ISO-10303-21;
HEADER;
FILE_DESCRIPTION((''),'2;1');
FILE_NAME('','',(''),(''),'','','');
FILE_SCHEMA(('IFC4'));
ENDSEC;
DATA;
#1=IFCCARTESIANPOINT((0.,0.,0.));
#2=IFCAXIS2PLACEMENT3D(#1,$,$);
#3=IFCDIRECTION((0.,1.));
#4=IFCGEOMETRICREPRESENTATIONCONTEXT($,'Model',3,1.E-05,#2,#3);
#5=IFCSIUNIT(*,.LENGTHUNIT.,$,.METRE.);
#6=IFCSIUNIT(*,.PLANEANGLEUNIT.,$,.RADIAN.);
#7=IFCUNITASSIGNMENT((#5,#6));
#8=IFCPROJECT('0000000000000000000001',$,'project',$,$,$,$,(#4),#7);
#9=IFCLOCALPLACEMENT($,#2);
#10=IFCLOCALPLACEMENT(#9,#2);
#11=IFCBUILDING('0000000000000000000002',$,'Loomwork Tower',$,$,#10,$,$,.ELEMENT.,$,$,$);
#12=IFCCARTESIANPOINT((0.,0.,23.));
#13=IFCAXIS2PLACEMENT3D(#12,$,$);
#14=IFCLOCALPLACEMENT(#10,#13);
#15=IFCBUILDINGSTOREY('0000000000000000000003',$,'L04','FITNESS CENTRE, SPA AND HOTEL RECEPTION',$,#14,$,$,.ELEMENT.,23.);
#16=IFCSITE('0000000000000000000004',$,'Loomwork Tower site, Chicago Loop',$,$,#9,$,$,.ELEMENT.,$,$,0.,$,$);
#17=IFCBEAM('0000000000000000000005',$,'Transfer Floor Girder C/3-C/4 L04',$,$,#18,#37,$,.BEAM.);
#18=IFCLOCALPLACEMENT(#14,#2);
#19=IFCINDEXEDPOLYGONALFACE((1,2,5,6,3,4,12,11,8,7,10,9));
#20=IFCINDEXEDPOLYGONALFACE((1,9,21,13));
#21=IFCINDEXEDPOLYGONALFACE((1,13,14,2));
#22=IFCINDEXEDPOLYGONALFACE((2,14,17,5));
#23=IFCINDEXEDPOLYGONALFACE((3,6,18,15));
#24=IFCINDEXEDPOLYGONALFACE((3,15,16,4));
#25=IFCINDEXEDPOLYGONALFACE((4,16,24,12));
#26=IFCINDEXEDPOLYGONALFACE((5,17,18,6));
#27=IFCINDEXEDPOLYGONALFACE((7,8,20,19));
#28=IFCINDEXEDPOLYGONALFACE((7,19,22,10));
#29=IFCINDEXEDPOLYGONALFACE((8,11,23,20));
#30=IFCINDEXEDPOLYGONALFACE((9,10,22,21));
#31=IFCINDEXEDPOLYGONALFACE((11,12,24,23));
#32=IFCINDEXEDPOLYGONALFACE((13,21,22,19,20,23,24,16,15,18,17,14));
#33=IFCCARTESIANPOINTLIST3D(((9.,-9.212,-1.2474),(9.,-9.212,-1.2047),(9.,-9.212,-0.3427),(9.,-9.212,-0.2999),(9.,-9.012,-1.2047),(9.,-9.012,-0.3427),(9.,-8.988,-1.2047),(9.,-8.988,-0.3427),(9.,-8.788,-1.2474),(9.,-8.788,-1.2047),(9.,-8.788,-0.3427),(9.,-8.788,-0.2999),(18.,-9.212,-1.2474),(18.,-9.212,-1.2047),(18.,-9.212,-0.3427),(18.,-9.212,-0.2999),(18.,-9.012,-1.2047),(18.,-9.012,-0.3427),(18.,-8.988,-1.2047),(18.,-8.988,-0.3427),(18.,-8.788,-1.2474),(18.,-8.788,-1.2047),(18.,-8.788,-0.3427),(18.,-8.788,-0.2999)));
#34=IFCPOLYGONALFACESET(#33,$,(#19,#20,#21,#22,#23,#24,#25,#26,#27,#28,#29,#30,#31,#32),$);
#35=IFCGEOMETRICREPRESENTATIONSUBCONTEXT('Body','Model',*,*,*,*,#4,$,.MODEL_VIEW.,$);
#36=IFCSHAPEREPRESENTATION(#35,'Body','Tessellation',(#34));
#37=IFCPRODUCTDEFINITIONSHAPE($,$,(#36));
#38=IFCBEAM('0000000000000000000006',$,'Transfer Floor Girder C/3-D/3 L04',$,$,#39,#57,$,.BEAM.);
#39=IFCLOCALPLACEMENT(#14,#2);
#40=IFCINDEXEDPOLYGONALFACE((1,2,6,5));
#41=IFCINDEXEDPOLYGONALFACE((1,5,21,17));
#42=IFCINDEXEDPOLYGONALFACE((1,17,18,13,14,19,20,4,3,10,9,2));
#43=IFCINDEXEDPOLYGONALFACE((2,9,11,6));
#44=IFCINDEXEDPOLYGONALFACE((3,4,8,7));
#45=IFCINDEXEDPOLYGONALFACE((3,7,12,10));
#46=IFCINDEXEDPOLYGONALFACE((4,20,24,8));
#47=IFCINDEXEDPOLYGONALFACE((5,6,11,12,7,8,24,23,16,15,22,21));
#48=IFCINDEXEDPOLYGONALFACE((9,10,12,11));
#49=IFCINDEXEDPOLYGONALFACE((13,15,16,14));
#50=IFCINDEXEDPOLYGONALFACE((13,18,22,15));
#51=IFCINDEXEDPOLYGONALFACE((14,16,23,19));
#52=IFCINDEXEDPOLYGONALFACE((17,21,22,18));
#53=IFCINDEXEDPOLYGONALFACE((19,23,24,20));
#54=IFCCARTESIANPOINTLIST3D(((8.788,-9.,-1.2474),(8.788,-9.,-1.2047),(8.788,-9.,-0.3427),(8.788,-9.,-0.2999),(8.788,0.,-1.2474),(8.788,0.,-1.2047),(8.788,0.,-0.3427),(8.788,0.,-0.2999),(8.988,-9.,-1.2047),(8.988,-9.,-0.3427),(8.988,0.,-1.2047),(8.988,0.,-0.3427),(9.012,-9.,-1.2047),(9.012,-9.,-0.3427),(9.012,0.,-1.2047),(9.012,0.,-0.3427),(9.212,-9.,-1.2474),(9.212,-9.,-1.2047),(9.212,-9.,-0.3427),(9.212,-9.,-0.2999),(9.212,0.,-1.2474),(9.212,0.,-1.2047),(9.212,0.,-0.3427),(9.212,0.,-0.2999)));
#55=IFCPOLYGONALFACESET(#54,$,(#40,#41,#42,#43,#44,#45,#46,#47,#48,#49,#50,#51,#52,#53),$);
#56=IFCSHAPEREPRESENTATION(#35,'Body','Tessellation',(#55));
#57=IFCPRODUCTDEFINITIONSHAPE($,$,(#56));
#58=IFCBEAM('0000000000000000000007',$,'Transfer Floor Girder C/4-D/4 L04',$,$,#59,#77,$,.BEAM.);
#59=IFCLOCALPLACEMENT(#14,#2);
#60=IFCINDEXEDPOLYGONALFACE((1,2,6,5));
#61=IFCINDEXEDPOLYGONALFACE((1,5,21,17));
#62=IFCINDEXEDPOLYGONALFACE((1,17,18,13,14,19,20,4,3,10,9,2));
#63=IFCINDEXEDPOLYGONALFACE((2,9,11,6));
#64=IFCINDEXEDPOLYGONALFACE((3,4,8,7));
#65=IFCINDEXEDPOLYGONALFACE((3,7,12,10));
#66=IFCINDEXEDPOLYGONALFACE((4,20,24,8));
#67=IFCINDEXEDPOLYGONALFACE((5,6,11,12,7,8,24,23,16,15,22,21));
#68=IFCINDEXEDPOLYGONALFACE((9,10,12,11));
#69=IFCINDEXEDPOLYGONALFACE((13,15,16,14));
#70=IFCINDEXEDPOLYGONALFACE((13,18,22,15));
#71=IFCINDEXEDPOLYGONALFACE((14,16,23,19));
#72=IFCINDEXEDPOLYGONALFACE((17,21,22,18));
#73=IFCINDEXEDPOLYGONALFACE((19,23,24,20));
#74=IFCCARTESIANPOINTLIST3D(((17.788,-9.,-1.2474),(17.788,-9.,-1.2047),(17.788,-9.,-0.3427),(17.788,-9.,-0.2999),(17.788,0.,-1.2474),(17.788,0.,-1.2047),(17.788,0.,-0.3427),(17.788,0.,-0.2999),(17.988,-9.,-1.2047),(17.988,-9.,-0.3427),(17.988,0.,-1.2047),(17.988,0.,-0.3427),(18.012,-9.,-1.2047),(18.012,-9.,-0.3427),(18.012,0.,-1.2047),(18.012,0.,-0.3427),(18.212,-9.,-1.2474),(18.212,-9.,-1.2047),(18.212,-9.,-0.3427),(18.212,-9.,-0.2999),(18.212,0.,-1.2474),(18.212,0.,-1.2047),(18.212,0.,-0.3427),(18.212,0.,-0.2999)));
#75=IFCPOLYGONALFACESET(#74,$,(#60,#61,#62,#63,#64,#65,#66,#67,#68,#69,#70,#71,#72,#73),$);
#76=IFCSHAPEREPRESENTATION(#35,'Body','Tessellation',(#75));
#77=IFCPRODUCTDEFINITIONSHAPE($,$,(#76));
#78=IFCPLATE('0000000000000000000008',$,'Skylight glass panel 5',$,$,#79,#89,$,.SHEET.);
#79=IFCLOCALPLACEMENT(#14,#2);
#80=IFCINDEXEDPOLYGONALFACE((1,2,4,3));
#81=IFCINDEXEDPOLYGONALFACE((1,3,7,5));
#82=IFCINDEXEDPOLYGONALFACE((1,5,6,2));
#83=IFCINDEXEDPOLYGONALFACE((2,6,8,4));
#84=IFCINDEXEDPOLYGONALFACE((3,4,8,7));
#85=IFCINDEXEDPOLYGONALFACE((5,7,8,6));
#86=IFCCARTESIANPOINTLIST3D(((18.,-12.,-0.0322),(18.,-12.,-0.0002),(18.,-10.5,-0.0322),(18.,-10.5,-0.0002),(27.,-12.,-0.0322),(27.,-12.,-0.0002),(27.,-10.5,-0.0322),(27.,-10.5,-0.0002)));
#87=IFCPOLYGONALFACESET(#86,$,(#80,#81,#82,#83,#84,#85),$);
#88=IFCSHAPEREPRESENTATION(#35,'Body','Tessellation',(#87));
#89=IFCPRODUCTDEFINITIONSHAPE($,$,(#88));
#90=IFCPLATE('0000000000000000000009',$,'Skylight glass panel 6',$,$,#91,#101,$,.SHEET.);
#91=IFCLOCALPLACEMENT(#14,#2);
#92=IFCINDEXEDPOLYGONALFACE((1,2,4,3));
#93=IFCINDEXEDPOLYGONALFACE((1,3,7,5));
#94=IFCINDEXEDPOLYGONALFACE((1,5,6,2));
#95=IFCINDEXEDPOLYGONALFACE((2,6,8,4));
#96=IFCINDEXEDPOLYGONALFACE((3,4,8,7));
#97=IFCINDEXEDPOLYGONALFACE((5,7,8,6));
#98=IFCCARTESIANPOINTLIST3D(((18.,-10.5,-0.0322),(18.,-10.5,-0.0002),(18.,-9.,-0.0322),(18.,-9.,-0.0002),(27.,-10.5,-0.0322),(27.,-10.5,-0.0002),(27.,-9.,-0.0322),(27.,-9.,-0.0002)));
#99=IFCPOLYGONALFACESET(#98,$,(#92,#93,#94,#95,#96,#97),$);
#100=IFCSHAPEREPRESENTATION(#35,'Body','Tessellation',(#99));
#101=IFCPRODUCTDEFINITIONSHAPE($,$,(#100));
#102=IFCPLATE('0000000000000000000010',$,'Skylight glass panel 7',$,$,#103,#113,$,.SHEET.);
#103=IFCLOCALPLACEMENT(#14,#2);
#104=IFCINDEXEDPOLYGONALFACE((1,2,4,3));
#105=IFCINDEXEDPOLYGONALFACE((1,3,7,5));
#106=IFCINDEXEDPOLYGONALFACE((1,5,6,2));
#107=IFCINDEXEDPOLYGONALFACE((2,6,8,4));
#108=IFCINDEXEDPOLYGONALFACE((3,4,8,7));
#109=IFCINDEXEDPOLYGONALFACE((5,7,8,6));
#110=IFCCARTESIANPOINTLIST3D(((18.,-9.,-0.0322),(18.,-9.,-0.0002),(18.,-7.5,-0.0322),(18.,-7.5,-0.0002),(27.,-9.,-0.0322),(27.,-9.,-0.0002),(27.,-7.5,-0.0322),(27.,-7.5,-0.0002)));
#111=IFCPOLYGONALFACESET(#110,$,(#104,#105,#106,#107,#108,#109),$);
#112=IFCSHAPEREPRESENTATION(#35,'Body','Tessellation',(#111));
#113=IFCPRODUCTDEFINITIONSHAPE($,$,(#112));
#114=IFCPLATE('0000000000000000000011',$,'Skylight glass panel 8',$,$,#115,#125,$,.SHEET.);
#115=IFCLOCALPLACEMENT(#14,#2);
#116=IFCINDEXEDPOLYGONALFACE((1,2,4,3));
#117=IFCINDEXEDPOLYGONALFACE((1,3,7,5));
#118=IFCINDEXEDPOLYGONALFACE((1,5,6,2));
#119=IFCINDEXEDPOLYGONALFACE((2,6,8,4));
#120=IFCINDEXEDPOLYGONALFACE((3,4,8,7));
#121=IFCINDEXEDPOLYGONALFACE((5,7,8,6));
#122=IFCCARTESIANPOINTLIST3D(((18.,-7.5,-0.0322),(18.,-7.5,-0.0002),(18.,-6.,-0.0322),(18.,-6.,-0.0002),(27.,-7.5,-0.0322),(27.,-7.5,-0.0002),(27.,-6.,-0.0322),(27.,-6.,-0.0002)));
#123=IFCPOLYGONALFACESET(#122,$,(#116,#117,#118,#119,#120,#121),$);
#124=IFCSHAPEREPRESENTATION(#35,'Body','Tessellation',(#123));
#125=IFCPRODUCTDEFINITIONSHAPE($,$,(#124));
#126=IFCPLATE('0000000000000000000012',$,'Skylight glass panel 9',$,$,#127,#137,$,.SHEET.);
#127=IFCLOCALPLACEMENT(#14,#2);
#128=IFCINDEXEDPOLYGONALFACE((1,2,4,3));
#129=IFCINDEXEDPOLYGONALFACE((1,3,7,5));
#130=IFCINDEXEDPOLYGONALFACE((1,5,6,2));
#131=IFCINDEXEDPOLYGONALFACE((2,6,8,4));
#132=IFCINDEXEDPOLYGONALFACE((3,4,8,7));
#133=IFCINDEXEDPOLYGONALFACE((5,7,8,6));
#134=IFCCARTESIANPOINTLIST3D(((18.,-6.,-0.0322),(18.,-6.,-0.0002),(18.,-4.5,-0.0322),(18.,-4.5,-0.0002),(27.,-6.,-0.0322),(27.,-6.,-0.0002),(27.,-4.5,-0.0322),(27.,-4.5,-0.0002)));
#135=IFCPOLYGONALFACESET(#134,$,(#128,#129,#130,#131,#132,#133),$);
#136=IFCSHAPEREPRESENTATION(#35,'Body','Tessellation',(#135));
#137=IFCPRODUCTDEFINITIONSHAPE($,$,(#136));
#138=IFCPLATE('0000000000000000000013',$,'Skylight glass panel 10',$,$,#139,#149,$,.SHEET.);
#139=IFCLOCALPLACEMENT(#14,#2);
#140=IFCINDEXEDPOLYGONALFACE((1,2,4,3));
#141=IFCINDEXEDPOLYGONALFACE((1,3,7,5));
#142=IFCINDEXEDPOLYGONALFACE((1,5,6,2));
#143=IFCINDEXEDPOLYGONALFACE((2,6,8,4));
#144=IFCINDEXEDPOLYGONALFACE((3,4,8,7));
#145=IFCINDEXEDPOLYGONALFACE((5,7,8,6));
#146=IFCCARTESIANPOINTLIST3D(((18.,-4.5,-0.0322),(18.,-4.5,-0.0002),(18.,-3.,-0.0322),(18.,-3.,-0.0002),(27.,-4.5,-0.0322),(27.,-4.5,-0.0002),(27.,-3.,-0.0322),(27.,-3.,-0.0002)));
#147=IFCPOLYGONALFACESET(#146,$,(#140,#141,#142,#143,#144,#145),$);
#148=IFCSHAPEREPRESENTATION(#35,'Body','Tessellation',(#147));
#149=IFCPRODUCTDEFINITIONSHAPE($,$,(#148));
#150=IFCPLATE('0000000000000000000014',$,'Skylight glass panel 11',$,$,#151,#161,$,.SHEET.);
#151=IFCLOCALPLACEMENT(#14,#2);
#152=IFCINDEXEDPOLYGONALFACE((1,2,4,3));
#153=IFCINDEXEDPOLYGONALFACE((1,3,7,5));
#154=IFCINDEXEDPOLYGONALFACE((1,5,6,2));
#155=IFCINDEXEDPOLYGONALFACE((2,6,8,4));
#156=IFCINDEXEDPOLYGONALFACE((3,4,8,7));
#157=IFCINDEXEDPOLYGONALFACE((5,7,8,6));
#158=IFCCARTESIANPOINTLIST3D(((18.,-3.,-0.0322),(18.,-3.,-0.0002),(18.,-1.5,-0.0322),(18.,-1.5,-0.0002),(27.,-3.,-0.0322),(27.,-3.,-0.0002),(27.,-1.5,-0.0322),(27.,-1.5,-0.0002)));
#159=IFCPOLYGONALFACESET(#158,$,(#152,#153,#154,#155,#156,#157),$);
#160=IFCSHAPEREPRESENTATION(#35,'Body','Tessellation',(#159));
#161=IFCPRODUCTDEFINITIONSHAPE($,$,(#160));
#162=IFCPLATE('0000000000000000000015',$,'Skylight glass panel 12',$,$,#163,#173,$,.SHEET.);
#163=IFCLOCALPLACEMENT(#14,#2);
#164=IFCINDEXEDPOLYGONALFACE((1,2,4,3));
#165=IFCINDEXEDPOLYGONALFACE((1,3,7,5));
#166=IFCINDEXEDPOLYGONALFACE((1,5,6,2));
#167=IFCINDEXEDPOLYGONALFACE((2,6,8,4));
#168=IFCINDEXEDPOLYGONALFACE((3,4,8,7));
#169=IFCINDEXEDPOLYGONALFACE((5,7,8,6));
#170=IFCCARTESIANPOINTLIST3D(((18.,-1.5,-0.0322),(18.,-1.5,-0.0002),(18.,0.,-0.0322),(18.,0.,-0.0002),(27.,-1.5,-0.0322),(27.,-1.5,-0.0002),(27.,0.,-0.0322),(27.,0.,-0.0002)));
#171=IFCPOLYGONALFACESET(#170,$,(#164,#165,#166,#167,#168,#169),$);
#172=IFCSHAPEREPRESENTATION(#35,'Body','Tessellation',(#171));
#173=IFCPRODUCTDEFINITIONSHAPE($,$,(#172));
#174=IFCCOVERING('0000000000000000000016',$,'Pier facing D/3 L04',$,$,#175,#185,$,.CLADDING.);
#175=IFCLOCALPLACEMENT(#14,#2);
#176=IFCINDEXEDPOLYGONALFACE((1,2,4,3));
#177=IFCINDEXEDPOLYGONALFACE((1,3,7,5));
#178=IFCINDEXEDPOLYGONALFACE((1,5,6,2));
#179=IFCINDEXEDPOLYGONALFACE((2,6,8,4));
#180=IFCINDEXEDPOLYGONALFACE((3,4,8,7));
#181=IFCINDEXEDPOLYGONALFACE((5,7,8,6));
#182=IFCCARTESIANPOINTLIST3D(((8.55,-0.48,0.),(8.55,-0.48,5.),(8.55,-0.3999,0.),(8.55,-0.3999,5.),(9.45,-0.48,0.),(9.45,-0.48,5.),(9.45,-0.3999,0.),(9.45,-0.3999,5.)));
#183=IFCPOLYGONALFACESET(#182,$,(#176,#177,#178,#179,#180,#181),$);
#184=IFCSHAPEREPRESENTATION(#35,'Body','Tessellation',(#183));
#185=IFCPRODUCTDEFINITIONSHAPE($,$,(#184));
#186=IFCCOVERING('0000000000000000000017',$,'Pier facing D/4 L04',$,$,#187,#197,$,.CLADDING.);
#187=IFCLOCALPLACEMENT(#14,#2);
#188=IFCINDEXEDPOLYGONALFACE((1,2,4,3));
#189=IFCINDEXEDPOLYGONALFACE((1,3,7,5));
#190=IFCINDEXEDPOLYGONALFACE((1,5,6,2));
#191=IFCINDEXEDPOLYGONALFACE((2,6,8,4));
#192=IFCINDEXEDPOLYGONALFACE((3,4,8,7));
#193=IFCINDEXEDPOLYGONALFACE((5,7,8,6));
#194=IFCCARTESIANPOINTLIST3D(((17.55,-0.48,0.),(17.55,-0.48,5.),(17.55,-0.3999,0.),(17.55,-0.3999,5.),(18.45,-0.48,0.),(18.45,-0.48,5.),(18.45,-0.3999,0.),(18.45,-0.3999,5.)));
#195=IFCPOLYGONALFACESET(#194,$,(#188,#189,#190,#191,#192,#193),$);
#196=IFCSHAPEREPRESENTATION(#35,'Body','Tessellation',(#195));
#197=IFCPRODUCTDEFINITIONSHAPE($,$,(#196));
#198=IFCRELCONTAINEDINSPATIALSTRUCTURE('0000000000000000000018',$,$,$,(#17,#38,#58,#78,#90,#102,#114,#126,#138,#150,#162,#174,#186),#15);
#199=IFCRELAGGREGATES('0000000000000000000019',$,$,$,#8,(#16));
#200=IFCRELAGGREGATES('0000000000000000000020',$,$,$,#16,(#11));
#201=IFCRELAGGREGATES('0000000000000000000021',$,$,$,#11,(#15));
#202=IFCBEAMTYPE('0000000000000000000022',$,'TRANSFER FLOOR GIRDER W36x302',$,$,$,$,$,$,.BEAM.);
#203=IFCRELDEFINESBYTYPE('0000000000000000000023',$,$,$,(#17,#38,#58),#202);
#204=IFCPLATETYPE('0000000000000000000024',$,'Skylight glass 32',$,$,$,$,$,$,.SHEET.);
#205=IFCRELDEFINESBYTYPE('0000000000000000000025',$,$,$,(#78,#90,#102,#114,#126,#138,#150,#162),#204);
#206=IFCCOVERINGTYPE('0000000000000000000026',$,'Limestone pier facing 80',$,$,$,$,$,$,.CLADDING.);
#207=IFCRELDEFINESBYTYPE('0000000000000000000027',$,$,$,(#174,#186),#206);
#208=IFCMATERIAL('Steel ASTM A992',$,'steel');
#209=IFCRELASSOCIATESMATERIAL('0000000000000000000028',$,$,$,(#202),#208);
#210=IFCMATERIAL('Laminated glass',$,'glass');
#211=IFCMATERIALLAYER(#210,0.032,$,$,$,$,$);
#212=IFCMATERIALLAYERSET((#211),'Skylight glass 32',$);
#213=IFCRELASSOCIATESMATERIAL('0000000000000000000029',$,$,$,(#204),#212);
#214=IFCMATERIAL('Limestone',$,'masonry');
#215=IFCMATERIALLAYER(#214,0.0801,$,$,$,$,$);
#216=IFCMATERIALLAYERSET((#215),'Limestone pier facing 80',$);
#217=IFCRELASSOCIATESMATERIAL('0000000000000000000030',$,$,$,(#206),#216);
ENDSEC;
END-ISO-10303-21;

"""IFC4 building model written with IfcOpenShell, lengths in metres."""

from ifc_helpers import new_model, si_unit, direction, frame, origin, origin_2d, place, context, subcontext, project, spatial, rectangle, i_section, extrude, material, layer, layer_set, material_profile, profile_set, type_object, element, save


model = new_model("IFC4")

# Units and contexts
model_context = context("Model", 3, precision=1e-05, world=origin(), true_north=direction((0.0, 1.0)))
body_context = subcontext(model_context, "Body", "Model", "MODEL_VIEW")
ifc_project = project(units=[si_unit("LENGTHUNIT", "METRE"), si_unit("PLANEANGLEUNIT", "RADIAN")], contexts=[model_context])

# Site, building, storey
site_placement = place(None, origin())
site = spatial("IfcSite", under=ifc_project, at=site_placement, Name="Loomwork Tower site, Chicago Loop", CompositionType="ELEMENT", RefElevation=0.0)
building_placement = place(site_placement, origin())
building = spatial("IfcBuilding", under=site, at=building_placement, Name="Loomwork Tower", CompositionType="ELEMENT")
storey_placement = place(building_placement, frame((0.0, 0.0, 23.0)))
storey = spatial("IfcBuildingStorey", under=building, at=storey_placement, Name="L04", Description="FITNESS CENTRE, SPA AND HOTEL RECEPTION", CompositionType="ELEMENT", Elevation=23.0)

# Beams
ifc_material_1 = material(Name="Steel ASTM A992", Category="steel")
ifc_material_profile_1 = material_profile(ifc_material_1, i_section(OverallWidth=0.4241, OverallDepth=0.9475, WebThickness=0.0239, FlangeThickness=0.0427, at=origin_2d()), Name="W36x302")
ifc_profile_set_1 = profile_set([ifc_material_profile_1], Name="Steel ASTM A992")
beam_type_1 = type_object("IfcBeamType", Name="TRANSFER FLOOR GIRDER W36x302", PredefinedType="BEAM", material=ifc_profile_set_1)
for number, where, z_axis, x_axis, name in (
    (1, (9.0, -9.0, -0.7737), (1.0, 0.0, 0.0), (0.0, 1.0, 0.0), "Transfer Floor Girder C/3-C/4 L04"),
    (2, (9.0, -9.0, -0.7737), (0.0, 1.0, 0.0), (-1.0, 0.0, 0.0), "Transfer Floor Girder C/3-D/3 L04"),
    (3, (18.0, -9.0, -0.7737), (0.0, 1.0, 0.0), (-1.0, 0.0, 0.0), "Transfer Floor Girder C/4-D/4 L04"),
):
    element("IfcBeam", number, at=place(storey_placement, frame(where, z_axis=z_axis, x_axis=x_axis)), inside=storey, type_object=beam_type_1, Name=name, PredefinedType="BEAM", context=body_context, shape_type="SweptSolid", body=[
        extrude(i_section(OverallWidth=0.4241, OverallDepth=0.9475, WebThickness=0.0239, FlangeThickness=0.0427, at=origin_2d()), origin(), (0.0, 0.0, 1.0), 9.0),
    ])

# Plates
ifc_material_2 = material(Name="Laminated glass", Category="glass")
ifc_layer_1 = layer(ifc_material_2, 0.032)
ifc_layer_set_1 = layer_set([ifc_layer_1], Name="Skylight glass 32")
plate_type = type_object("IfcPlateType", Name="Skylight glass 32", PredefinedType="SHEET", material=ifc_layer_set_1)
for number, where, z_axis, x_axis, name in (
    (4, (22.5, -11.25, -0.0322), (0.0, 0.0, 1.0), (1.0, 0.0, 0.0), "Skylight glass panel 5"),
    (5, (22.5, -9.75, -0.0322), (0.0, 0.0, 1.0), (1.0, 0.0, 0.0), "Skylight glass panel 6"),
    (6, (22.5, -8.25, -0.0322), (0.0, 0.0, 1.0), (1.0, 0.0, 0.0), "Skylight glass panel 7"),
    (7, (22.5, -6.75, -0.0322), (0.0, 0.0, 1.0), (1.0, 0.0, 0.0), "Skylight glass panel 8"),
    (8, (22.5, -5.25, -0.0322), (0.0, 0.0, 1.0), (1.0, 0.0, 0.0), "Skylight glass panel 9"),
    (9, (22.5, -3.75, -0.0322), (0.0, 0.0, 1.0), (1.0, 0.0, 0.0), "Skylight glass panel 10"),
    (10, (22.5, -2.25, -0.0322), (0.0, 0.0, 1.0), (1.0, 0.0, 0.0), "Skylight glass panel 11"),
    (11, (22.5, -0.75, -0.0322), (0.0, 0.0, 1.0), (1.0, 0.0, 0.0), "Skylight glass panel 12"),
):
    element("IfcPlate", number, at=place(storey_placement, frame(where, z_axis=z_axis, x_axis=x_axis)), inside=storey, type_object=plate_type, Name=name, PredefinedType="SHEET", context=body_context, shape_type="SweptSolid", body=[
        extrude(rectangle(XDim=9.0, YDim=1.5, at=origin_2d()), origin(), (0.0, 0.0, 1.0), 0.032),
    ])

# Coverings
ifc_material_3 = material(Name="Limestone", Category="masonry")
ifc_layer_2 = layer(ifc_material_3, 0.0801)
ifc_layer_set_2 = layer_set([ifc_layer_2], Name="Limestone pier facing 80")
covering_type = type_object("IfcCoveringType", Name="Limestone pier facing 80", PredefinedType="CLADDING", material=ifc_layer_set_2)
for number, where, z_axis, x_axis, name in (
    (12, (9.0, -0.4399, 0.0), (0.0, 0.0, 1.0), (1.0, 0.0, 0.0), "Pier facing D/3 L04"),
    (13, (18.0, -0.4399, 0.0), (0.0, 0.0, 1.0), (1.0, 0.0, 0.0), "Pier facing D/4 L04"),
):
    element("IfcCovering", number, at=place(storey_placement, frame(where, z_axis=z_axis, x_axis=x_axis)), inside=storey, type_object=covering_type, Name=name, PredefinedType="CLADDING", context=body_context, shape_type="SweptSolid", body=[
        extrude(rectangle(XDim=0.8999, YDim=0.0801, at=origin_2d()), origin(), (0.0, 0.0, 1.0), 5.0),
    ])

save(model, "model.ifc")
